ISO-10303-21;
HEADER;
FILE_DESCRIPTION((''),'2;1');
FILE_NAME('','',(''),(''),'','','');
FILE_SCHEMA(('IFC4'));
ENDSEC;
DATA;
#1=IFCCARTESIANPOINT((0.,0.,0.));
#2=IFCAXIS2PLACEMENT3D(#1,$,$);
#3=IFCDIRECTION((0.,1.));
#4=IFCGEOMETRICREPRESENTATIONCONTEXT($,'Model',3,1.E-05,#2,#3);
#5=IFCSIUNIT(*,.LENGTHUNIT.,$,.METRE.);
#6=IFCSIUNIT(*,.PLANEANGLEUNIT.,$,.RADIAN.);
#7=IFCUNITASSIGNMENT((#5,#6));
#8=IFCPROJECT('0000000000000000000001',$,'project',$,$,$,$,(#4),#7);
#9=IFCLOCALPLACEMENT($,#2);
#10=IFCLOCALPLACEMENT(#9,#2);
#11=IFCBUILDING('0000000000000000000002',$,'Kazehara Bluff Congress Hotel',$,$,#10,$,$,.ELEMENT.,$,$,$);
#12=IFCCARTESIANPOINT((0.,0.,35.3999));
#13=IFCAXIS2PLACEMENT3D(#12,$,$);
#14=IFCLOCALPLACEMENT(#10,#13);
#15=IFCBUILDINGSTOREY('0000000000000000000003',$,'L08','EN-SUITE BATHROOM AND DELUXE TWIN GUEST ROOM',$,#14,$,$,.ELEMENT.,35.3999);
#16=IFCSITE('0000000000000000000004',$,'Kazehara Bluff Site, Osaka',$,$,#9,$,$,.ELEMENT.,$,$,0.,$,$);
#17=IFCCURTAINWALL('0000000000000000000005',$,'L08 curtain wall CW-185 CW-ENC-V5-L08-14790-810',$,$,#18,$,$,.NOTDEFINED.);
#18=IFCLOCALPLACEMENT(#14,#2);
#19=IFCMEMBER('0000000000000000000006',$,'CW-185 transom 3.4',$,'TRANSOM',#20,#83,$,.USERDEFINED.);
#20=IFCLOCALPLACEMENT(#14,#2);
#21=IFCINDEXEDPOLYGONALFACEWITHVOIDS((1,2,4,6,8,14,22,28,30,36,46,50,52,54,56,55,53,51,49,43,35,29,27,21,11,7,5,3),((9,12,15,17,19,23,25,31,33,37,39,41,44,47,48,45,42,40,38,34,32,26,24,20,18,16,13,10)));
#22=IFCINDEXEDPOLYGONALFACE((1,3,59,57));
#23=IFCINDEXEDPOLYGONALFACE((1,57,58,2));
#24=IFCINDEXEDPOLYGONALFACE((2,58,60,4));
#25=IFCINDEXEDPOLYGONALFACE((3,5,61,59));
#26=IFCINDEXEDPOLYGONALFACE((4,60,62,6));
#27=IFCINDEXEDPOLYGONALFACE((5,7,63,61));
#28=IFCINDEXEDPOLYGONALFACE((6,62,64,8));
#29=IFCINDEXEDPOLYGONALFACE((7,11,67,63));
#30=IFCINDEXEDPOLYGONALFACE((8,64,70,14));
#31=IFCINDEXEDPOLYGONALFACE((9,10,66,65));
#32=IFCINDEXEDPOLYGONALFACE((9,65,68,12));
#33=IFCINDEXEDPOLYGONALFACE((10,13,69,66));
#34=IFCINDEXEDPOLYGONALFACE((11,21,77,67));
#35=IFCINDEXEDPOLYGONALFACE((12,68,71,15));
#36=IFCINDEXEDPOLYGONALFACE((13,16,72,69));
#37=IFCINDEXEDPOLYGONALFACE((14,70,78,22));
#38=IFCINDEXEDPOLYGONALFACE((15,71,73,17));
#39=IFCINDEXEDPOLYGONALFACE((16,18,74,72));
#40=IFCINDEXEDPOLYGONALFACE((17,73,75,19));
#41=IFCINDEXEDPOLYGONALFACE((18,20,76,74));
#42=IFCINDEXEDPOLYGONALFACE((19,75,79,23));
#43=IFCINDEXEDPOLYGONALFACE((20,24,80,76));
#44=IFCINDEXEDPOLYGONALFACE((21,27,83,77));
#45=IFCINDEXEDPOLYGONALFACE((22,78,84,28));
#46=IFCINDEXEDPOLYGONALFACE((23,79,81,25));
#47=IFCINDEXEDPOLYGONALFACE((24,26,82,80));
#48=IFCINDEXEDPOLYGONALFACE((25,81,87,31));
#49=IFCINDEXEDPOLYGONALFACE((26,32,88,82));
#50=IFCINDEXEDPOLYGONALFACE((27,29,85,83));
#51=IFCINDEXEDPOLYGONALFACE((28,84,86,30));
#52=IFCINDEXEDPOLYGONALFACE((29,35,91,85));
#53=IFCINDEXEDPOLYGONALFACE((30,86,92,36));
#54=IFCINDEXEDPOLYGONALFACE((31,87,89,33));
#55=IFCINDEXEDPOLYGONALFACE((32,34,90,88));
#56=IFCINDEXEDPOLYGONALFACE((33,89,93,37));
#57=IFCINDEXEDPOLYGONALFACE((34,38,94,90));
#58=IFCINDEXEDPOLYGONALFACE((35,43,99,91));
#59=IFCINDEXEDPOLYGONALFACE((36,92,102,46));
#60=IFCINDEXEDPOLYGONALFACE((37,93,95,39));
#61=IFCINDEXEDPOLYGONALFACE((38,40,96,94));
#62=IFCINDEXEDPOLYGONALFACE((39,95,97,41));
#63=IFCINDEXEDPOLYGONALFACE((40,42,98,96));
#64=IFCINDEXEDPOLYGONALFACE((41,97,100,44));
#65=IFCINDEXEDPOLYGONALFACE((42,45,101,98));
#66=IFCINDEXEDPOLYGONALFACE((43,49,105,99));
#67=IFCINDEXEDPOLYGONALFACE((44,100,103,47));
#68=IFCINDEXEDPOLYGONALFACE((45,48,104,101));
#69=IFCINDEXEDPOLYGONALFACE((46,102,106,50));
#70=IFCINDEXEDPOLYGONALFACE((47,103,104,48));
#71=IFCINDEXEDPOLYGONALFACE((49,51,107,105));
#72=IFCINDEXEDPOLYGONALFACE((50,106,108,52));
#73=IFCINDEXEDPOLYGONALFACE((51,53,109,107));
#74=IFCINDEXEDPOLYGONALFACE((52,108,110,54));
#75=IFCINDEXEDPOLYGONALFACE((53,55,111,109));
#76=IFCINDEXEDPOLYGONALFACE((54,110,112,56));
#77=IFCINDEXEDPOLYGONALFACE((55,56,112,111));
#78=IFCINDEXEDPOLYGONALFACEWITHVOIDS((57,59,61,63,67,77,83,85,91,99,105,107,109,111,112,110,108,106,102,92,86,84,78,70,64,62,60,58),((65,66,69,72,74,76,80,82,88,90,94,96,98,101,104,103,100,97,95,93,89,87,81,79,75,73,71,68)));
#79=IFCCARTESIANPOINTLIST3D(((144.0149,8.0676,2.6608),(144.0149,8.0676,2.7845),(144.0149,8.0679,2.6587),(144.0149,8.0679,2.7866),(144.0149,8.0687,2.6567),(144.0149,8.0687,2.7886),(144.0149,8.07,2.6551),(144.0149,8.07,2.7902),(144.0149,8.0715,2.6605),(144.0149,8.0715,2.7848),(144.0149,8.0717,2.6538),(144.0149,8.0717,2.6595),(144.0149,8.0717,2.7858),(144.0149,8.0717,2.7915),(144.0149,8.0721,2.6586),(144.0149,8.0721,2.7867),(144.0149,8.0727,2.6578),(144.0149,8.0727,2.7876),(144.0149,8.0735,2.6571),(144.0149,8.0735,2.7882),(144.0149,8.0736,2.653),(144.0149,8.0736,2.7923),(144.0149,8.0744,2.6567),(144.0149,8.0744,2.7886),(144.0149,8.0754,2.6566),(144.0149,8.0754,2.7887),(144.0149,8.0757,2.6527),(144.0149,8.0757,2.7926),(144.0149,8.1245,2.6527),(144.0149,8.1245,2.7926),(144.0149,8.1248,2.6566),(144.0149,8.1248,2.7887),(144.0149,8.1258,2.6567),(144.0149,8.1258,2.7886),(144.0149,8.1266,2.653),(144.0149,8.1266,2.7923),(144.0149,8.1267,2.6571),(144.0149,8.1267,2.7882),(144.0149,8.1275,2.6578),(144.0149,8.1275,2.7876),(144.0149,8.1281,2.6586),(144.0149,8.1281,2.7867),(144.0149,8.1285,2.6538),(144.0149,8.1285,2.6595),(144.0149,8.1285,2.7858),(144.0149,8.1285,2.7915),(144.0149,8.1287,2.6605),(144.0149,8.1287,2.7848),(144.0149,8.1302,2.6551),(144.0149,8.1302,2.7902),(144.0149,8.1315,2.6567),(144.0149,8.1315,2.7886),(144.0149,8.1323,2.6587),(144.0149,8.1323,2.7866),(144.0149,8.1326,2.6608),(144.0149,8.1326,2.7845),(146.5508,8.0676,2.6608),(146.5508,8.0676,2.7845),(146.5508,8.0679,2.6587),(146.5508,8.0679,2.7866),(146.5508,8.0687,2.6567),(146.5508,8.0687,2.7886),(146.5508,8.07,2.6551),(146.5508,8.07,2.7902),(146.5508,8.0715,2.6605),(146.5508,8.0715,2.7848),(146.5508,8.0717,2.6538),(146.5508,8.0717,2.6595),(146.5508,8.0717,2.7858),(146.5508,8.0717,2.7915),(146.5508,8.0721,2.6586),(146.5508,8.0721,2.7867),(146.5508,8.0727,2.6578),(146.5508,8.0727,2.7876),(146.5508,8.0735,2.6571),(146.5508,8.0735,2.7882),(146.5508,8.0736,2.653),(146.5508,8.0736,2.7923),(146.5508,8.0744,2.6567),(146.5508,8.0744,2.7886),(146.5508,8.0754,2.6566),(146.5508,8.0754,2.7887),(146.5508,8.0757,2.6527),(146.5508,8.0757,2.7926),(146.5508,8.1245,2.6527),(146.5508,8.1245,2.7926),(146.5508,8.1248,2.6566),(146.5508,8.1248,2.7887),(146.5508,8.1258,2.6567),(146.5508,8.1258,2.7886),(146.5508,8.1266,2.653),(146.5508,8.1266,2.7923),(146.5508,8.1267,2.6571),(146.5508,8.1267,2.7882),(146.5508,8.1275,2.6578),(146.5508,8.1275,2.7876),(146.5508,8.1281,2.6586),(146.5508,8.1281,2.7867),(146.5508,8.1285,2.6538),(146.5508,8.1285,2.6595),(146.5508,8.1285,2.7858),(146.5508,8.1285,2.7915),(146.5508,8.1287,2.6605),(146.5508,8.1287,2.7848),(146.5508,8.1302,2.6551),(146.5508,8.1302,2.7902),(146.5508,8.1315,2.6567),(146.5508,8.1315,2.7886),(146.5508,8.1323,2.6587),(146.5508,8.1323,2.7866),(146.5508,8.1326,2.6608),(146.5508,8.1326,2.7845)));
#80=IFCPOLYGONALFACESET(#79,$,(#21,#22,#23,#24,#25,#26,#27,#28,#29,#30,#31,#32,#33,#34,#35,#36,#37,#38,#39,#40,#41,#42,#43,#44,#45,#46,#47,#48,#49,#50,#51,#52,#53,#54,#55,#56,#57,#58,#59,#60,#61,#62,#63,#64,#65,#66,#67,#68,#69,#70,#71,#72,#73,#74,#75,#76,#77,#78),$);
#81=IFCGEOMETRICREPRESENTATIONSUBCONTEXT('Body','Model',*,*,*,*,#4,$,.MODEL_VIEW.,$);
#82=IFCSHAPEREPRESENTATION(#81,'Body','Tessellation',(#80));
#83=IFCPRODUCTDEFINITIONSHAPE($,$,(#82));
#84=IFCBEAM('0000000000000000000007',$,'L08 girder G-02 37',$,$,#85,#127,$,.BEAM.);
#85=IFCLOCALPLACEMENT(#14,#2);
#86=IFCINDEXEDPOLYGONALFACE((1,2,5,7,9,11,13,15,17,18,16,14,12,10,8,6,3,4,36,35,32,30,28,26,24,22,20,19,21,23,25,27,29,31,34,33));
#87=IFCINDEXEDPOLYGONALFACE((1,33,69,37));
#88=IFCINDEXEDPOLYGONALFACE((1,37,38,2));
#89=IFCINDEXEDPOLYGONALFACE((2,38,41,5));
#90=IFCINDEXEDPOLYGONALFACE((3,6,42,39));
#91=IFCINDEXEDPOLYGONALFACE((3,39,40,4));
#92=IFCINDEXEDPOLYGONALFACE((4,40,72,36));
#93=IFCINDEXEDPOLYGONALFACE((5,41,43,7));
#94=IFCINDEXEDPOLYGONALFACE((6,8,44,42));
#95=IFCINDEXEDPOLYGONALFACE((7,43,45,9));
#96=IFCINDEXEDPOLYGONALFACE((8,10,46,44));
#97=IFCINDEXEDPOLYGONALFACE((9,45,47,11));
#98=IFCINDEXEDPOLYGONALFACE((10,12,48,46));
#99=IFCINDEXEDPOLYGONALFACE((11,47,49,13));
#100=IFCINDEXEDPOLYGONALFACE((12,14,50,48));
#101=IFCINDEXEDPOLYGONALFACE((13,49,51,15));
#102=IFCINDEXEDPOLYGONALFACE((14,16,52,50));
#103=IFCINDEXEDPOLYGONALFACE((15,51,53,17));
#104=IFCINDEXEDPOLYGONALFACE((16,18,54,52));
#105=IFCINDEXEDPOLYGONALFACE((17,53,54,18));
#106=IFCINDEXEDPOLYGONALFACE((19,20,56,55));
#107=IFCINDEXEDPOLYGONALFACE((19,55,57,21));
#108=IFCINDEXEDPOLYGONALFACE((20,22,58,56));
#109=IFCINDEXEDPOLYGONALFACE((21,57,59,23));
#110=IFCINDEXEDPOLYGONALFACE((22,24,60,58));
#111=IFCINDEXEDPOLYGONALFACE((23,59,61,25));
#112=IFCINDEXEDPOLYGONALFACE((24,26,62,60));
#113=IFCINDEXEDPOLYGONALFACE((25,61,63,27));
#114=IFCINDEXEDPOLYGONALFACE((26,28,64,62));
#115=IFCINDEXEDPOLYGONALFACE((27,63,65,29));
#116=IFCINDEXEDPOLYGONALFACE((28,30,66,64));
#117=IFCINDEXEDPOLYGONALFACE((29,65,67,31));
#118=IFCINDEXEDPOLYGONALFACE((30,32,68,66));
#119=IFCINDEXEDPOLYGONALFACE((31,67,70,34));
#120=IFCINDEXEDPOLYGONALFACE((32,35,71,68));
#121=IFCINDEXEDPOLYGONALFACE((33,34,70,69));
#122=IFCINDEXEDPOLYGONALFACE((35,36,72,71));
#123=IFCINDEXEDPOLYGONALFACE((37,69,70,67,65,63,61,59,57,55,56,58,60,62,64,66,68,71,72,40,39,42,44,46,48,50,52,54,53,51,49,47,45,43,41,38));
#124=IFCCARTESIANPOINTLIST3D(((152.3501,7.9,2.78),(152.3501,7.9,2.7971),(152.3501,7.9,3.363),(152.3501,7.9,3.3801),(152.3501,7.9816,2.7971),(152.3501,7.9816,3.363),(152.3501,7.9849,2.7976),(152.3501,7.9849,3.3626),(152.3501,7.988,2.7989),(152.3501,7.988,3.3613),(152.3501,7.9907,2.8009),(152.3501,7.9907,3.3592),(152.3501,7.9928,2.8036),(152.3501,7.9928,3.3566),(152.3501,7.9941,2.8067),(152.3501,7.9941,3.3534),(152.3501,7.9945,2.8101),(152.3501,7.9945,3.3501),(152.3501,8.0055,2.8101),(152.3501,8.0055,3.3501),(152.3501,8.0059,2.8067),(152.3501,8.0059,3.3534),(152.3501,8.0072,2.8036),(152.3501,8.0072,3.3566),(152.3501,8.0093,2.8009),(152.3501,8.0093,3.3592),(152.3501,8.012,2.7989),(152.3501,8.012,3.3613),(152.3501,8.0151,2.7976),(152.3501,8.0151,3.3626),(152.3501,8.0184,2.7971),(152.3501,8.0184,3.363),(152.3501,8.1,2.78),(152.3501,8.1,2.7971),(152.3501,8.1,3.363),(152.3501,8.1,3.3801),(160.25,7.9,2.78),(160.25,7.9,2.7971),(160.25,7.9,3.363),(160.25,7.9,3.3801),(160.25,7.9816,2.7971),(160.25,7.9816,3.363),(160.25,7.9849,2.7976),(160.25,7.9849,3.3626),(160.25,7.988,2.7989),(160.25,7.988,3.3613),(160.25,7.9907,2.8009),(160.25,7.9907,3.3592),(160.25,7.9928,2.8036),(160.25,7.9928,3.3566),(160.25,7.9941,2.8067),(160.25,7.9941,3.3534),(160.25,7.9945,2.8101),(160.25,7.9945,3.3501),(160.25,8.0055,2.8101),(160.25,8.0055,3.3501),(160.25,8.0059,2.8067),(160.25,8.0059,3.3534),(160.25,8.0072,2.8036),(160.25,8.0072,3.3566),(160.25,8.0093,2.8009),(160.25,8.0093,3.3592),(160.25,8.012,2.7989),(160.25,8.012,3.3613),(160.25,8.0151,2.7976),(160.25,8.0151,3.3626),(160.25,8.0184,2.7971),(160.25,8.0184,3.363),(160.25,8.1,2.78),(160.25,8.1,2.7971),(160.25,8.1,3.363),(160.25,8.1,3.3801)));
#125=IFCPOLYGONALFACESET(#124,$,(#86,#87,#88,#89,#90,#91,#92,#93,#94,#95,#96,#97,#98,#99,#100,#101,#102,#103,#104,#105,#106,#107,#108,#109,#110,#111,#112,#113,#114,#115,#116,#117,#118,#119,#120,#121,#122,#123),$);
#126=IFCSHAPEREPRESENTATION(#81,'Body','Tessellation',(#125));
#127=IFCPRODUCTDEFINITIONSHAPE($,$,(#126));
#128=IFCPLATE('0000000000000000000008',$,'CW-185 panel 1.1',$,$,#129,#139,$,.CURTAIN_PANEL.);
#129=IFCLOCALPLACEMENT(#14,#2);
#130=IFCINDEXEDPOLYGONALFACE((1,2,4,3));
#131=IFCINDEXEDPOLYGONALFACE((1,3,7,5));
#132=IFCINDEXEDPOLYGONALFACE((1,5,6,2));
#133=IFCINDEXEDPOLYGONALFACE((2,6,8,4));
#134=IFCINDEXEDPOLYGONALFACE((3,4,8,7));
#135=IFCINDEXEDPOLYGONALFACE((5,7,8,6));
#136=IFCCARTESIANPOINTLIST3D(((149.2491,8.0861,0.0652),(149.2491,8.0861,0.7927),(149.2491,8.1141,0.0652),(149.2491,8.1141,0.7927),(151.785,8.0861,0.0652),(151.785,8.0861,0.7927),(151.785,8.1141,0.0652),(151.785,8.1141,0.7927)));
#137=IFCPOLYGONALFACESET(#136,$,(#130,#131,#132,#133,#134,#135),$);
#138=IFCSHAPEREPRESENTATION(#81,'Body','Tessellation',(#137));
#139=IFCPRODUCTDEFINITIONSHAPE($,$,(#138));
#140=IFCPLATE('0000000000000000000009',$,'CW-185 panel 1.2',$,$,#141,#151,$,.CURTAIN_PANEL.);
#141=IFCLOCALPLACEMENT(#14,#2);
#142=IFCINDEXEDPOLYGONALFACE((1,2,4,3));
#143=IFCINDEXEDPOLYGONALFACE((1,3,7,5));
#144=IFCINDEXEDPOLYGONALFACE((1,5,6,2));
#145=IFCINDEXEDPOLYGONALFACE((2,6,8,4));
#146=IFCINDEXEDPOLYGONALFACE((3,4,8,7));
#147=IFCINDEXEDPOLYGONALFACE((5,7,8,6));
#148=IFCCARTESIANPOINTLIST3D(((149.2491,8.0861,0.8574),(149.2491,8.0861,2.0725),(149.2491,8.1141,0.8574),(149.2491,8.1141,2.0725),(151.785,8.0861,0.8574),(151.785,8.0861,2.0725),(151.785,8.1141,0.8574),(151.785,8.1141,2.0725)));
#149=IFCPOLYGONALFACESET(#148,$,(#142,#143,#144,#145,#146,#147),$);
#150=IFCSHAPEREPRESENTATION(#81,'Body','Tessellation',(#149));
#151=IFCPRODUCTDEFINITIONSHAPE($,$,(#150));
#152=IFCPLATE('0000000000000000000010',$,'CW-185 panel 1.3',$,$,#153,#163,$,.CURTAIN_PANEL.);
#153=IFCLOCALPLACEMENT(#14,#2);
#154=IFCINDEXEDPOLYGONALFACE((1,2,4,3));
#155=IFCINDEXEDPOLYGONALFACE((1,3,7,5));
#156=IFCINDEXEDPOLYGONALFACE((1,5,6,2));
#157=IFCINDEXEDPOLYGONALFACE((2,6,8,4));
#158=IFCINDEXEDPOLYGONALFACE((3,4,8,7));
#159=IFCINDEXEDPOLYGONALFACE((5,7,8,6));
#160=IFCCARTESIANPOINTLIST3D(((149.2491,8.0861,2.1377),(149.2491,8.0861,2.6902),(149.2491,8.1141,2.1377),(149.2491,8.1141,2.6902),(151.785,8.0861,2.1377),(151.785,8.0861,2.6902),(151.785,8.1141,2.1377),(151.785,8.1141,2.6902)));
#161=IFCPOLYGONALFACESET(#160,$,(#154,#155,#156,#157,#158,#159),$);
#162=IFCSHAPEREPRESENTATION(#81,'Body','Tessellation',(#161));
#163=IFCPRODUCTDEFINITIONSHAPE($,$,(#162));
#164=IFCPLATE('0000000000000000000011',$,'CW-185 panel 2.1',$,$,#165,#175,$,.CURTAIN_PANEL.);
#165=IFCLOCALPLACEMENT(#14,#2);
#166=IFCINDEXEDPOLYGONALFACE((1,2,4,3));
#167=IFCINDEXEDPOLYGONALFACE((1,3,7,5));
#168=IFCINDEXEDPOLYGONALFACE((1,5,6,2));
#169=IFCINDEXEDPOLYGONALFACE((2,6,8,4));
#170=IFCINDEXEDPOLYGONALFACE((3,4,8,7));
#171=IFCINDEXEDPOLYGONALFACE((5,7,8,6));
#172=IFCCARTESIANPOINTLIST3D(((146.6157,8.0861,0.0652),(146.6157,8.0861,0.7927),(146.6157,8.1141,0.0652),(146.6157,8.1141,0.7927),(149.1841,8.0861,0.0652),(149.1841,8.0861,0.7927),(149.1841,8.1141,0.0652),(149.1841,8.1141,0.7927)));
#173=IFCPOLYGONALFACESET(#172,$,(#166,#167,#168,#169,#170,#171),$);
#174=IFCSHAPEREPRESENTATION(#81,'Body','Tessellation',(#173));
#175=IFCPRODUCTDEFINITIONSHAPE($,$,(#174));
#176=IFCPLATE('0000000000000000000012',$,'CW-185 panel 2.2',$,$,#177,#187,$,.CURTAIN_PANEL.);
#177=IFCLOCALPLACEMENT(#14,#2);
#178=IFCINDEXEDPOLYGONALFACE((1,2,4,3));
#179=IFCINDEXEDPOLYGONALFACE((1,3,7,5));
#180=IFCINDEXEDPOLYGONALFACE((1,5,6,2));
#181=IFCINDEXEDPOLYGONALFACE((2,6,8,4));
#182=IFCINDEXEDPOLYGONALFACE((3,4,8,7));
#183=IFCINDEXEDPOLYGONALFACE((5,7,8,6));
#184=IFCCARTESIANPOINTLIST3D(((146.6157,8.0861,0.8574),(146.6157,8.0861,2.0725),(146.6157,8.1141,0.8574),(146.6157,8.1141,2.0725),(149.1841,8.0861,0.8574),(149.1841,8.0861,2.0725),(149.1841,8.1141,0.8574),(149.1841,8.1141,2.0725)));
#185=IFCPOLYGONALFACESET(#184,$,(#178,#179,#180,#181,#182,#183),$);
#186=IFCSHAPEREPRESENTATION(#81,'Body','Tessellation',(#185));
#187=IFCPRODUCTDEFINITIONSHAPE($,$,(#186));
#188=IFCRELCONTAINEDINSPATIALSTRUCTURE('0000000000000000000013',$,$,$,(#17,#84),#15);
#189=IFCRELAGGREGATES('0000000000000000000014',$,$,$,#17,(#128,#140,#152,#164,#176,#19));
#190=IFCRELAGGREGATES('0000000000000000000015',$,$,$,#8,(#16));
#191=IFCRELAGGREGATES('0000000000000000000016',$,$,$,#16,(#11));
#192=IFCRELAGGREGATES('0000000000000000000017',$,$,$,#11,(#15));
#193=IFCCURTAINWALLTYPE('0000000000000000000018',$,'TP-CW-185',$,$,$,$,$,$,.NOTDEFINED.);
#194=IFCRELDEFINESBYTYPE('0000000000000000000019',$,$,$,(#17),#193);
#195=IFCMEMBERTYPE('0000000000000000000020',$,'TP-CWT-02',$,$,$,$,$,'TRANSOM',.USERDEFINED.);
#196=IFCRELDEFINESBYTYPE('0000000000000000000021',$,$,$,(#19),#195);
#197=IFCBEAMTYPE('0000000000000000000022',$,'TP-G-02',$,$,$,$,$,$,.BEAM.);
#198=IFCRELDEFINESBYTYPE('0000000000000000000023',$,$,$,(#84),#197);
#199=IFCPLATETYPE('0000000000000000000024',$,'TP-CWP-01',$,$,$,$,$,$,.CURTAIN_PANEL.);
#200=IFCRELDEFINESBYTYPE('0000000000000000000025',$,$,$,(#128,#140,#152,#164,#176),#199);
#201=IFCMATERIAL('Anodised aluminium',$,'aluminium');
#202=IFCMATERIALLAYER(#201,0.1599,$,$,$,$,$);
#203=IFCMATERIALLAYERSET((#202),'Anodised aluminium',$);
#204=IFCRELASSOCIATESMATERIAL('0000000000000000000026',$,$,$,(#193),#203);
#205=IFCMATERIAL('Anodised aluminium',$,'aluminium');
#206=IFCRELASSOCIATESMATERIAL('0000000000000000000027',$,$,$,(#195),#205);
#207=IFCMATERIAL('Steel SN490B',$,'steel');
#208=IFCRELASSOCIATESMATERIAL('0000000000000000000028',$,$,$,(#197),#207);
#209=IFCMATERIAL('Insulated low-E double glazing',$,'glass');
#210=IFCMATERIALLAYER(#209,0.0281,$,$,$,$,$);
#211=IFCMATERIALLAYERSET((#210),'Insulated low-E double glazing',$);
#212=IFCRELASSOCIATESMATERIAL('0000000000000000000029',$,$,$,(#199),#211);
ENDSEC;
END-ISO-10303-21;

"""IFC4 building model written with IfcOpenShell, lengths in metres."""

from ifc_helpers import new_model, si_unit, direction, frame, origin, origin_2d, place, context, subcontext, project, spatial, rectangle, hollow_rectangle, i_section, extrude, material, layer, layer_set, material_profile, profile_set, type_object, element, aggregate, save


model = new_model("IFC4")

# Units and contexts
model_context = context("Model", 3, precision=1e-05, world=origin(), true_north=direction((0.0, 1.0)))
body_context = subcontext(model_context, "Body", "Model", "MODEL_VIEW")
ifc_project = project(units=[si_unit("LENGTHUNIT", "METRE"), si_unit("PLANEANGLEUNIT", "RADIAN")], contexts=[model_context])

# Site, building, storey
site_placement = place(None, origin())
site = spatial("IfcSite", under=ifc_project, at=site_placement, Name="Kazehara Bluff Site, Osaka", CompositionType="ELEMENT", RefElevation=0.0)
building_placement = place(site_placement, origin())
building = spatial("IfcBuilding", under=site, at=building_placement, Name="Kazehara Bluff Congress Hotel", CompositionType="ELEMENT")
storey_placement = place(building_placement, frame((0.0, 0.0, 35.3999)))
storey = spatial("IfcBuildingStorey", under=building, at=storey_placement, Name="L08", Description="EN-SUITE BATHROOM AND DELUXE TWIN GUEST ROOM", CompositionType="ELEMENT", Elevation=35.3999)

# Curtain wall, member
ifc_material_1 = material(Name="Anodised aluminium", Category="aluminium")
ifc_layer_1 = layer(ifc_material_1, 0.1599)
ifc_layer_set_1 = layer_set([ifc_layer_1], Name="Anodised aluminium")
curtain_wall_type = type_object("IfcCurtainWallType", Name="TP-CW-185", PredefinedType="NOTDEFINED", material=ifc_layer_set_1)
curtain_wall_placement = place(storey_placement, origin())
curtain_wall = element("IfcCurtainWall", 1, at=curtain_wall_placement, inside=storey, type_object=curtain_wall_type, Name="L08 curtain wall CW-185 CW-ENC-V5-L08-14790-810", PredefinedType="NOTDEFINED")
ifc_material_2 = material(Name="Anodised aluminium", Category="aluminium")
ifc_material_profile_1 = material_profile(ifc_material_2, hollow_rectangle(XDim=0.0649, YDim=0.1399, WallThickness=0.0039, InnerFilletRadius=0.0039, OuterFilletRadius=0.0081, at=origin_2d()))
ifc_profile_set_1 = profile_set([ifc_material_profile_1], Name="Anodised aluminium")
member_type_1 = type_object("IfcMemberType", Name="TP-CWT-02", ElementType="TRANSOM", PredefinedType="USERDEFINED", material=ifc_profile_set_1)
member_1_placement = place(storey_placement, frame((146.5508, 8.1001, 2.7227), z_axis=(-1.0, 0.0, 0.0), x_axis=(0.0, -1.0, 0.0)))
member_1 = element("IfcMember", 2, at=member_1_placement, type_object=member_type_1, Name="CW-185 transom 3.4", ObjectType="TRANSOM", PredefinedType="USERDEFINED", context=body_context, shape_type="SweptSolid", body=[
    extrude(hollow_rectangle(XDim=0.0649, YDim=0.1399, WallThickness=0.0039, InnerFilletRadius=0.0039, OuterFilletRadius=0.0081, at=origin_2d()), origin(), (0.0, 0.0, 1.0), 2.5359),
])

# Beam
ifc_material_3 = material(Name="Steel SN490B", Category="steel")
ifc_material_profile_2 = material_profile(ifc_material_3, i_section(OverallWidth=0.2, OverallDepth=0.6001, WebThickness=0.011, FlangeThickness=0.0171, FilletRadius=0.0129, at=origin_2d()))
ifc_profile_set_2 = profile_set([ifc_material_profile_2], Name="Steel SN490B")
beam_type = type_object("IfcBeamType", Name="TP-G-02", PredefinedType="BEAM", material=ifc_profile_set_2)
beam_placement = place(storey_placement, frame((152.3501, 8.0, 3.0801), z_axis=(1.0, 0.0, 0.0), x_axis=(0.0, 1.0, 0.0)))
element("IfcBeam", 3, at=beam_placement, inside=storey, type_object=beam_type, Name="L08 girder G-02 37", PredefinedType="BEAM", context=body_context, shape_type="SweptSolid", body=[
    extrude(i_section(OverallWidth=0.2, OverallDepth=0.6001, WebThickness=0.011, FlangeThickness=0.0171, FilletRadius=0.0129, at=origin_2d()), origin(), (0.0, 0.0, 1.0), 7.8999),
])

# Plates
ifc_material_4 = material(Name="Insulated low-E double glazing", Category="glass")
ifc_layer_2 = layer(ifc_material_4, 0.0281)
ifc_layer_set_2 = layer_set([ifc_layer_2], Name="Insulated low-E double glazing")
plate_type = type_object("IfcPlateType", Name="TP-CWP-01", PredefinedType="CURTAIN_PANEL", material=ifc_layer_set_2)
plate_1_placement = place(storey_placement, frame((150.5171, 8.1001, 0.0652), z_axis=(0.0, 0.0, 1.0), x_axis=(-1.0, 0.0, 0.0)))
plate_1 = element("IfcPlate", 4, at=plate_1_placement, type_object=plate_type, Name="CW-185 panel 1.1", PredefinedType="CURTAIN_PANEL", context=body_context, shape_type="SweptSolid", body=[
    extrude(rectangle(XDim=2.5359, YDim=0.0281, at=origin_2d()), origin(), (0.0, 0.0, 1.0), 0.7275),
])
plate_2_placement = place(storey_placement, frame((150.5171, 8.1001, 0.8574), z_axis=(0.0, 0.0, 1.0), x_axis=(-1.0, 0.0, 0.0)))
plate_2 = element("IfcPlate", 5, at=plate_2_placement, type_object=plate_type, Name="CW-185 panel 1.2", PredefinedType="CURTAIN_PANEL", context=body_context, shape_type="SweptSolid", body=[
    extrude(rectangle(XDim=2.5359, YDim=0.0281, at=origin_2d()), origin(), (0.0, 0.0, 1.0), 1.2151),
])
plate_3_placement = place(storey_placement, frame((150.5171, 8.1001, 2.1377), z_axis=(0.0, 0.0, 1.0), x_axis=(-1.0, 0.0, 0.0)))
plate_3 = element("IfcPlate", 6, at=plate_3_placement, type_object=plate_type, Name="CW-185 panel 1.3", PredefinedType="CURTAIN_PANEL", context=body_context, shape_type="SweptSolid", body=[
    extrude(rectangle(XDim=2.5359, YDim=0.0281, at=origin_2d()), origin(), (0.0, 0.0, 1.0), 0.5525),
])
plate_4_placement = place(storey_placement, frame((147.8999, 8.1001, 0.0652), z_axis=(0.0, 0.0, 1.0), x_axis=(-1.0, 0.0, 0.0)))
plate_4 = element("IfcPlate", 7, at=plate_4_placement, type_object=plate_type, Name="CW-185 panel 2.1", PredefinedType="CURTAIN_PANEL", context=body_context, shape_type="SweptSolid", body=[
    extrude(rectangle(XDim=2.5684, YDim=0.0281, at=origin_2d()), origin(), (0.0, 0.0, 1.0), 0.7275),
])
plate_5_placement = place(storey_placement, frame((147.8999, 8.1001, 0.8574), z_axis=(0.0, 0.0, 1.0), x_axis=(-1.0, 0.0, 0.0)))
plate_5 = element("IfcPlate", 8, at=plate_5_placement, type_object=plate_type, Name="CW-185 panel 2.2", PredefinedType="CURTAIN_PANEL", context=body_context, shape_type="SweptSolid", body=[
    extrude(rectangle(XDim=2.5684, YDim=0.0281, at=origin_2d()), origin(), (0.0, 0.0, 1.0), 1.2151),
])
aggregate(curtain_wall, [plate_1, plate_2, plate_3, plate_4, plate_5, member_1])

save(model, "model.ifc")
